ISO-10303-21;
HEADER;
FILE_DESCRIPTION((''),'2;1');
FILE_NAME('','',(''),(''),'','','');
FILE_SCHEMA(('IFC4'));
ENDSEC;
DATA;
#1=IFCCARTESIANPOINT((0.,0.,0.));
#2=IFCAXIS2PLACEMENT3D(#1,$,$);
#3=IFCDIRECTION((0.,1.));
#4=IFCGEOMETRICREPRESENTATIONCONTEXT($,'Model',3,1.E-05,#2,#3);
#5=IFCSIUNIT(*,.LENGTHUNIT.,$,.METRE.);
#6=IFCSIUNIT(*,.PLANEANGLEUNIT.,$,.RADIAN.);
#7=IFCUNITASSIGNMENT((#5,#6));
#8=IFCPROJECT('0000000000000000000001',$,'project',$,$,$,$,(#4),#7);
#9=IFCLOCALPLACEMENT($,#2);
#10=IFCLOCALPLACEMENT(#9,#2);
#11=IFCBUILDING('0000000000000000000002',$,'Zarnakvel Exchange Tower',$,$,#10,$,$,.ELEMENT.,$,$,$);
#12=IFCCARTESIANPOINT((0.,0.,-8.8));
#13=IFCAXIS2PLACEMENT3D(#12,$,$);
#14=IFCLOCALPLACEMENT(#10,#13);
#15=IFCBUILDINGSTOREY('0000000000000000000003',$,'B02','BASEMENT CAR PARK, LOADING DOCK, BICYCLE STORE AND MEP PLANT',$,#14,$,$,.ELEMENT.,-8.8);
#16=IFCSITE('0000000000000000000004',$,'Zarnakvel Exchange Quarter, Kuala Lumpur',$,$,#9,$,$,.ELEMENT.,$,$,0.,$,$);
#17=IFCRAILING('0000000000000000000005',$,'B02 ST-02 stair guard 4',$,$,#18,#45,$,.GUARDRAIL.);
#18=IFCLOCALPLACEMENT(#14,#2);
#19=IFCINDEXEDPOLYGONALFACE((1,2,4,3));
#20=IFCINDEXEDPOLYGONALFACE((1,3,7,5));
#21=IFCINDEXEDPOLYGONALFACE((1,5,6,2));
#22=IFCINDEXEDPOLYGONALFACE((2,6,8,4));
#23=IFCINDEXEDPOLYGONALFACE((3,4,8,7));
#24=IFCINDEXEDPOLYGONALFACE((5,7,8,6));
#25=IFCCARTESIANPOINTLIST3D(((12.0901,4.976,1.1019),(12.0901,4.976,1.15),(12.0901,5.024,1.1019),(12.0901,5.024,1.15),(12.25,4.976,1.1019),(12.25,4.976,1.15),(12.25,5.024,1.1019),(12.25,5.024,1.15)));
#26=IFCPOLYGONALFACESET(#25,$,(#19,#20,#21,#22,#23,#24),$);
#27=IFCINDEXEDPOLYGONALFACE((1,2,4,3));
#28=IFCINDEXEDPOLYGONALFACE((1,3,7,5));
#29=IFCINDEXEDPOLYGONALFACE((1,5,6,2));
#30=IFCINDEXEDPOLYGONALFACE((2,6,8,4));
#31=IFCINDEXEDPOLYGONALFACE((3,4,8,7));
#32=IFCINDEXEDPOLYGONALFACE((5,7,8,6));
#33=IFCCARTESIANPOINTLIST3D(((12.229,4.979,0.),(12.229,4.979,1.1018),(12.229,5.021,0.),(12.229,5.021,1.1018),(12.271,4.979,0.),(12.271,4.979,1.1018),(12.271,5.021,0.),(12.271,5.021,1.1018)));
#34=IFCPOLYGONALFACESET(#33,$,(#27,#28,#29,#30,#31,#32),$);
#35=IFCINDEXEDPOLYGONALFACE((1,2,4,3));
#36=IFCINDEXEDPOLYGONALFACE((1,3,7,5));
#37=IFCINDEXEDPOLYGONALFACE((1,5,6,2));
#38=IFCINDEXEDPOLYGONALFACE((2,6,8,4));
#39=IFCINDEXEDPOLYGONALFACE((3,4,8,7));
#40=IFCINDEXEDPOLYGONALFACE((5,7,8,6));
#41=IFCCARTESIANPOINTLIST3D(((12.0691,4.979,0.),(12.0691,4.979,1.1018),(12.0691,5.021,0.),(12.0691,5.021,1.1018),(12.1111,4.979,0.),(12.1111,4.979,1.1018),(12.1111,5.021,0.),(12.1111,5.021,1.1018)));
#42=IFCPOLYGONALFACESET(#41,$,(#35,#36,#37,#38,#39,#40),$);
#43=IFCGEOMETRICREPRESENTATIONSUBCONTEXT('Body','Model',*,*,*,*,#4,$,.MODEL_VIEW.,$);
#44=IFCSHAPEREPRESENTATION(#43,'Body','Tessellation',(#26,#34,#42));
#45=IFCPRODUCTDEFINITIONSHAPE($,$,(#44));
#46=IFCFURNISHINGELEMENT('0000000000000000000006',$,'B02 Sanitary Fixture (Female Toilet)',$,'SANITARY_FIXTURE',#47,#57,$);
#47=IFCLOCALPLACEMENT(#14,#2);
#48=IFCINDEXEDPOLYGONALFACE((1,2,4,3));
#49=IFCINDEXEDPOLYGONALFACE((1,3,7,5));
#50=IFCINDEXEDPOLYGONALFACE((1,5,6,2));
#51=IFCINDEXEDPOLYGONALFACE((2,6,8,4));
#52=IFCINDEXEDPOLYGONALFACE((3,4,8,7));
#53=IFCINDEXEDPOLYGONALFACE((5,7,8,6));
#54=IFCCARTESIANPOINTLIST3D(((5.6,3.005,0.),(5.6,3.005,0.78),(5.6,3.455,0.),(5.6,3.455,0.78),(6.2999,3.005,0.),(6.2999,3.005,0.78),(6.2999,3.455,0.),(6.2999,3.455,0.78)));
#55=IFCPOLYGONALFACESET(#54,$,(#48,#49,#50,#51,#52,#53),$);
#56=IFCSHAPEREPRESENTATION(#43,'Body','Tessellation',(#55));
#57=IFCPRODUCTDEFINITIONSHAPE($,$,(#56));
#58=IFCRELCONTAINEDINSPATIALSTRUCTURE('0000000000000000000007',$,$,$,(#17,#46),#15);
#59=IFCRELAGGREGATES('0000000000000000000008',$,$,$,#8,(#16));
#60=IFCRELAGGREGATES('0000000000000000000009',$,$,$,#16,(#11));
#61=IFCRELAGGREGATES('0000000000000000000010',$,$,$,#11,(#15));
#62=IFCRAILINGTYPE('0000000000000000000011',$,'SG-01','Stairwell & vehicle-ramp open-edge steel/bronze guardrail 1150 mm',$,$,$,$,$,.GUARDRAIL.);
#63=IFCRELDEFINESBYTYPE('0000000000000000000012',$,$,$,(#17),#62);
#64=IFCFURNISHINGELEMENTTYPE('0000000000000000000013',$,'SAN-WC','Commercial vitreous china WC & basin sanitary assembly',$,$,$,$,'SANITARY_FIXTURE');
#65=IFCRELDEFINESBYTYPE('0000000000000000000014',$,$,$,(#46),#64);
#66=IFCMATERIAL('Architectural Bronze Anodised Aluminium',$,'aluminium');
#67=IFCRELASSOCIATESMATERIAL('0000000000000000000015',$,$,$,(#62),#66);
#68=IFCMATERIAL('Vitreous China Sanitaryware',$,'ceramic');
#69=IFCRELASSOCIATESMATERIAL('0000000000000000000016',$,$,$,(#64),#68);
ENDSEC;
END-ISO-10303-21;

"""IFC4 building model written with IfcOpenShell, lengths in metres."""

from ifc_helpers import new_model, si_unit, direction, frame, origin, origin_2d, place, context, subcontext, project, spatial, rectangle, extrude, source, transform, mapped, material, type_object, element, save


model = new_model("IFC4")

# Units and contexts
model_context = context("Model", 3, precision=1e-05, world=origin(), true_north=direction((0.0, 1.0)))
body_context = subcontext(model_context, "Body", "Model", "MODEL_VIEW")
ifc_project = project(units=[si_unit("LENGTHUNIT", "METRE"), si_unit("PLANEANGLEUNIT", "RADIAN")], contexts=[model_context])

# Site, building, storey
site_placement = place(None, origin())
site = spatial("IfcSite", under=ifc_project, at=site_placement, Name="Zarnakvel Exchange Quarter, Kuala Lumpur", CompositionType="ELEMENT", RefElevation=0.0)
building_placement = place(site_placement, origin())
building = spatial("IfcBuilding", under=site, at=building_placement, Name="Zarnakvel Exchange Tower", CompositionType="ELEMENT")
storey_placement = place(building_placement, frame((0.0, 0.0, -8.8)))
storey = spatial("IfcBuildingStorey", under=building, at=storey_placement, Name="B02", Description="BASEMENT CAR PARK, LOADING DOCK, BICYCLE STORE AND MEP PLANT", CompositionType="ELEMENT", Elevation=-8.8)

# Railing
ifc_material_1 = material(Name="Architectural Bronze Anodised Aluminium", Category="aluminium")
railing_type = type_object("IfcRailingType", Name="SG-01", Description="Stairwell & vehicle-ramp open-edge steel/bronze guardrail 1150 mm", PredefinedType="GUARDRAIL", material=ifc_material_1)
railing_1_placement = place(storey_placement, frame((12.25, 5.0, 0.0)))
element("IfcRailing", 1, at=railing_1_placement, inside=storey, type_object=railing_type, Name="B02 ST-02 stair guard 4", PredefinedType="GUARDRAIL", context=body_context, shape_type="SweptSolid", body=[
    extrude(rectangle(XDim=0.0481, YDim=0.0481, at=origin_2d()), frame((0.0, 0.0, 1.126), z_axis=(-1.0, 0.0, 0.0), x_axis=(0.0, -1.0, 0.0)), (0.0, 0.0, 1.0), 0.1599),
    extrude(rectangle(XDim=0.042, YDim=0.042, at=origin_2d()), origin(), (0.0, 0.0, 1.0), 1.1018),
    extrude(rectangle(XDim=0.042, YDim=0.042, at=origin_2d()), frame((-0.1599, 0.0, 0.0)), (0.0, 0.0, 1.0), 1.1018),
])

# Furnishing element
ifc_material_2 = material(Name="Vitreous China Sanitaryware", Category="ceramic")
furnishing_element_type = type_object("IfcFurnishingElementType", Name="SAN-WC", Description="Commercial vitreous china WC & basin sanitary assembly", ElementType="SANITARY_FIXTURE", material=ifc_material_2)
shared_shape_1 = source(origin(), body_context, "Body", "SweptSolid", [
    extrude(rectangle(XDim=0.7, YDim=0.45, at=origin_2d()), origin(), (0.0, 0.0, 1.0), 0.78),
])
furnishing_placement = place(storey_placement, frame((5.95, 3.23, 0.0), z_axis=(0.0, 0.0, 1.0), x_axis=(1.0, 0.0, 0.0)))
element("IfcFurnishingElement", 2, at=furnishing_placement, inside=storey, type_object=furnishing_element_type, Name="B02 Sanitary Fixture (Female Toilet)", ObjectType="SANITARY_FIXTURE", context=body_context, shape_type="MappedRepresentation", body=[
    mapped(shared_shape_1, transform((0.0, 0.0, 0.0), x_axis=(1.0, 0.0, 0.0), y_axis=(0.0, 1.0, 0.0), z_axis=(0.0, 0.0, 1.0), scale=1.0)),
])

save(model, "model.ifc")
